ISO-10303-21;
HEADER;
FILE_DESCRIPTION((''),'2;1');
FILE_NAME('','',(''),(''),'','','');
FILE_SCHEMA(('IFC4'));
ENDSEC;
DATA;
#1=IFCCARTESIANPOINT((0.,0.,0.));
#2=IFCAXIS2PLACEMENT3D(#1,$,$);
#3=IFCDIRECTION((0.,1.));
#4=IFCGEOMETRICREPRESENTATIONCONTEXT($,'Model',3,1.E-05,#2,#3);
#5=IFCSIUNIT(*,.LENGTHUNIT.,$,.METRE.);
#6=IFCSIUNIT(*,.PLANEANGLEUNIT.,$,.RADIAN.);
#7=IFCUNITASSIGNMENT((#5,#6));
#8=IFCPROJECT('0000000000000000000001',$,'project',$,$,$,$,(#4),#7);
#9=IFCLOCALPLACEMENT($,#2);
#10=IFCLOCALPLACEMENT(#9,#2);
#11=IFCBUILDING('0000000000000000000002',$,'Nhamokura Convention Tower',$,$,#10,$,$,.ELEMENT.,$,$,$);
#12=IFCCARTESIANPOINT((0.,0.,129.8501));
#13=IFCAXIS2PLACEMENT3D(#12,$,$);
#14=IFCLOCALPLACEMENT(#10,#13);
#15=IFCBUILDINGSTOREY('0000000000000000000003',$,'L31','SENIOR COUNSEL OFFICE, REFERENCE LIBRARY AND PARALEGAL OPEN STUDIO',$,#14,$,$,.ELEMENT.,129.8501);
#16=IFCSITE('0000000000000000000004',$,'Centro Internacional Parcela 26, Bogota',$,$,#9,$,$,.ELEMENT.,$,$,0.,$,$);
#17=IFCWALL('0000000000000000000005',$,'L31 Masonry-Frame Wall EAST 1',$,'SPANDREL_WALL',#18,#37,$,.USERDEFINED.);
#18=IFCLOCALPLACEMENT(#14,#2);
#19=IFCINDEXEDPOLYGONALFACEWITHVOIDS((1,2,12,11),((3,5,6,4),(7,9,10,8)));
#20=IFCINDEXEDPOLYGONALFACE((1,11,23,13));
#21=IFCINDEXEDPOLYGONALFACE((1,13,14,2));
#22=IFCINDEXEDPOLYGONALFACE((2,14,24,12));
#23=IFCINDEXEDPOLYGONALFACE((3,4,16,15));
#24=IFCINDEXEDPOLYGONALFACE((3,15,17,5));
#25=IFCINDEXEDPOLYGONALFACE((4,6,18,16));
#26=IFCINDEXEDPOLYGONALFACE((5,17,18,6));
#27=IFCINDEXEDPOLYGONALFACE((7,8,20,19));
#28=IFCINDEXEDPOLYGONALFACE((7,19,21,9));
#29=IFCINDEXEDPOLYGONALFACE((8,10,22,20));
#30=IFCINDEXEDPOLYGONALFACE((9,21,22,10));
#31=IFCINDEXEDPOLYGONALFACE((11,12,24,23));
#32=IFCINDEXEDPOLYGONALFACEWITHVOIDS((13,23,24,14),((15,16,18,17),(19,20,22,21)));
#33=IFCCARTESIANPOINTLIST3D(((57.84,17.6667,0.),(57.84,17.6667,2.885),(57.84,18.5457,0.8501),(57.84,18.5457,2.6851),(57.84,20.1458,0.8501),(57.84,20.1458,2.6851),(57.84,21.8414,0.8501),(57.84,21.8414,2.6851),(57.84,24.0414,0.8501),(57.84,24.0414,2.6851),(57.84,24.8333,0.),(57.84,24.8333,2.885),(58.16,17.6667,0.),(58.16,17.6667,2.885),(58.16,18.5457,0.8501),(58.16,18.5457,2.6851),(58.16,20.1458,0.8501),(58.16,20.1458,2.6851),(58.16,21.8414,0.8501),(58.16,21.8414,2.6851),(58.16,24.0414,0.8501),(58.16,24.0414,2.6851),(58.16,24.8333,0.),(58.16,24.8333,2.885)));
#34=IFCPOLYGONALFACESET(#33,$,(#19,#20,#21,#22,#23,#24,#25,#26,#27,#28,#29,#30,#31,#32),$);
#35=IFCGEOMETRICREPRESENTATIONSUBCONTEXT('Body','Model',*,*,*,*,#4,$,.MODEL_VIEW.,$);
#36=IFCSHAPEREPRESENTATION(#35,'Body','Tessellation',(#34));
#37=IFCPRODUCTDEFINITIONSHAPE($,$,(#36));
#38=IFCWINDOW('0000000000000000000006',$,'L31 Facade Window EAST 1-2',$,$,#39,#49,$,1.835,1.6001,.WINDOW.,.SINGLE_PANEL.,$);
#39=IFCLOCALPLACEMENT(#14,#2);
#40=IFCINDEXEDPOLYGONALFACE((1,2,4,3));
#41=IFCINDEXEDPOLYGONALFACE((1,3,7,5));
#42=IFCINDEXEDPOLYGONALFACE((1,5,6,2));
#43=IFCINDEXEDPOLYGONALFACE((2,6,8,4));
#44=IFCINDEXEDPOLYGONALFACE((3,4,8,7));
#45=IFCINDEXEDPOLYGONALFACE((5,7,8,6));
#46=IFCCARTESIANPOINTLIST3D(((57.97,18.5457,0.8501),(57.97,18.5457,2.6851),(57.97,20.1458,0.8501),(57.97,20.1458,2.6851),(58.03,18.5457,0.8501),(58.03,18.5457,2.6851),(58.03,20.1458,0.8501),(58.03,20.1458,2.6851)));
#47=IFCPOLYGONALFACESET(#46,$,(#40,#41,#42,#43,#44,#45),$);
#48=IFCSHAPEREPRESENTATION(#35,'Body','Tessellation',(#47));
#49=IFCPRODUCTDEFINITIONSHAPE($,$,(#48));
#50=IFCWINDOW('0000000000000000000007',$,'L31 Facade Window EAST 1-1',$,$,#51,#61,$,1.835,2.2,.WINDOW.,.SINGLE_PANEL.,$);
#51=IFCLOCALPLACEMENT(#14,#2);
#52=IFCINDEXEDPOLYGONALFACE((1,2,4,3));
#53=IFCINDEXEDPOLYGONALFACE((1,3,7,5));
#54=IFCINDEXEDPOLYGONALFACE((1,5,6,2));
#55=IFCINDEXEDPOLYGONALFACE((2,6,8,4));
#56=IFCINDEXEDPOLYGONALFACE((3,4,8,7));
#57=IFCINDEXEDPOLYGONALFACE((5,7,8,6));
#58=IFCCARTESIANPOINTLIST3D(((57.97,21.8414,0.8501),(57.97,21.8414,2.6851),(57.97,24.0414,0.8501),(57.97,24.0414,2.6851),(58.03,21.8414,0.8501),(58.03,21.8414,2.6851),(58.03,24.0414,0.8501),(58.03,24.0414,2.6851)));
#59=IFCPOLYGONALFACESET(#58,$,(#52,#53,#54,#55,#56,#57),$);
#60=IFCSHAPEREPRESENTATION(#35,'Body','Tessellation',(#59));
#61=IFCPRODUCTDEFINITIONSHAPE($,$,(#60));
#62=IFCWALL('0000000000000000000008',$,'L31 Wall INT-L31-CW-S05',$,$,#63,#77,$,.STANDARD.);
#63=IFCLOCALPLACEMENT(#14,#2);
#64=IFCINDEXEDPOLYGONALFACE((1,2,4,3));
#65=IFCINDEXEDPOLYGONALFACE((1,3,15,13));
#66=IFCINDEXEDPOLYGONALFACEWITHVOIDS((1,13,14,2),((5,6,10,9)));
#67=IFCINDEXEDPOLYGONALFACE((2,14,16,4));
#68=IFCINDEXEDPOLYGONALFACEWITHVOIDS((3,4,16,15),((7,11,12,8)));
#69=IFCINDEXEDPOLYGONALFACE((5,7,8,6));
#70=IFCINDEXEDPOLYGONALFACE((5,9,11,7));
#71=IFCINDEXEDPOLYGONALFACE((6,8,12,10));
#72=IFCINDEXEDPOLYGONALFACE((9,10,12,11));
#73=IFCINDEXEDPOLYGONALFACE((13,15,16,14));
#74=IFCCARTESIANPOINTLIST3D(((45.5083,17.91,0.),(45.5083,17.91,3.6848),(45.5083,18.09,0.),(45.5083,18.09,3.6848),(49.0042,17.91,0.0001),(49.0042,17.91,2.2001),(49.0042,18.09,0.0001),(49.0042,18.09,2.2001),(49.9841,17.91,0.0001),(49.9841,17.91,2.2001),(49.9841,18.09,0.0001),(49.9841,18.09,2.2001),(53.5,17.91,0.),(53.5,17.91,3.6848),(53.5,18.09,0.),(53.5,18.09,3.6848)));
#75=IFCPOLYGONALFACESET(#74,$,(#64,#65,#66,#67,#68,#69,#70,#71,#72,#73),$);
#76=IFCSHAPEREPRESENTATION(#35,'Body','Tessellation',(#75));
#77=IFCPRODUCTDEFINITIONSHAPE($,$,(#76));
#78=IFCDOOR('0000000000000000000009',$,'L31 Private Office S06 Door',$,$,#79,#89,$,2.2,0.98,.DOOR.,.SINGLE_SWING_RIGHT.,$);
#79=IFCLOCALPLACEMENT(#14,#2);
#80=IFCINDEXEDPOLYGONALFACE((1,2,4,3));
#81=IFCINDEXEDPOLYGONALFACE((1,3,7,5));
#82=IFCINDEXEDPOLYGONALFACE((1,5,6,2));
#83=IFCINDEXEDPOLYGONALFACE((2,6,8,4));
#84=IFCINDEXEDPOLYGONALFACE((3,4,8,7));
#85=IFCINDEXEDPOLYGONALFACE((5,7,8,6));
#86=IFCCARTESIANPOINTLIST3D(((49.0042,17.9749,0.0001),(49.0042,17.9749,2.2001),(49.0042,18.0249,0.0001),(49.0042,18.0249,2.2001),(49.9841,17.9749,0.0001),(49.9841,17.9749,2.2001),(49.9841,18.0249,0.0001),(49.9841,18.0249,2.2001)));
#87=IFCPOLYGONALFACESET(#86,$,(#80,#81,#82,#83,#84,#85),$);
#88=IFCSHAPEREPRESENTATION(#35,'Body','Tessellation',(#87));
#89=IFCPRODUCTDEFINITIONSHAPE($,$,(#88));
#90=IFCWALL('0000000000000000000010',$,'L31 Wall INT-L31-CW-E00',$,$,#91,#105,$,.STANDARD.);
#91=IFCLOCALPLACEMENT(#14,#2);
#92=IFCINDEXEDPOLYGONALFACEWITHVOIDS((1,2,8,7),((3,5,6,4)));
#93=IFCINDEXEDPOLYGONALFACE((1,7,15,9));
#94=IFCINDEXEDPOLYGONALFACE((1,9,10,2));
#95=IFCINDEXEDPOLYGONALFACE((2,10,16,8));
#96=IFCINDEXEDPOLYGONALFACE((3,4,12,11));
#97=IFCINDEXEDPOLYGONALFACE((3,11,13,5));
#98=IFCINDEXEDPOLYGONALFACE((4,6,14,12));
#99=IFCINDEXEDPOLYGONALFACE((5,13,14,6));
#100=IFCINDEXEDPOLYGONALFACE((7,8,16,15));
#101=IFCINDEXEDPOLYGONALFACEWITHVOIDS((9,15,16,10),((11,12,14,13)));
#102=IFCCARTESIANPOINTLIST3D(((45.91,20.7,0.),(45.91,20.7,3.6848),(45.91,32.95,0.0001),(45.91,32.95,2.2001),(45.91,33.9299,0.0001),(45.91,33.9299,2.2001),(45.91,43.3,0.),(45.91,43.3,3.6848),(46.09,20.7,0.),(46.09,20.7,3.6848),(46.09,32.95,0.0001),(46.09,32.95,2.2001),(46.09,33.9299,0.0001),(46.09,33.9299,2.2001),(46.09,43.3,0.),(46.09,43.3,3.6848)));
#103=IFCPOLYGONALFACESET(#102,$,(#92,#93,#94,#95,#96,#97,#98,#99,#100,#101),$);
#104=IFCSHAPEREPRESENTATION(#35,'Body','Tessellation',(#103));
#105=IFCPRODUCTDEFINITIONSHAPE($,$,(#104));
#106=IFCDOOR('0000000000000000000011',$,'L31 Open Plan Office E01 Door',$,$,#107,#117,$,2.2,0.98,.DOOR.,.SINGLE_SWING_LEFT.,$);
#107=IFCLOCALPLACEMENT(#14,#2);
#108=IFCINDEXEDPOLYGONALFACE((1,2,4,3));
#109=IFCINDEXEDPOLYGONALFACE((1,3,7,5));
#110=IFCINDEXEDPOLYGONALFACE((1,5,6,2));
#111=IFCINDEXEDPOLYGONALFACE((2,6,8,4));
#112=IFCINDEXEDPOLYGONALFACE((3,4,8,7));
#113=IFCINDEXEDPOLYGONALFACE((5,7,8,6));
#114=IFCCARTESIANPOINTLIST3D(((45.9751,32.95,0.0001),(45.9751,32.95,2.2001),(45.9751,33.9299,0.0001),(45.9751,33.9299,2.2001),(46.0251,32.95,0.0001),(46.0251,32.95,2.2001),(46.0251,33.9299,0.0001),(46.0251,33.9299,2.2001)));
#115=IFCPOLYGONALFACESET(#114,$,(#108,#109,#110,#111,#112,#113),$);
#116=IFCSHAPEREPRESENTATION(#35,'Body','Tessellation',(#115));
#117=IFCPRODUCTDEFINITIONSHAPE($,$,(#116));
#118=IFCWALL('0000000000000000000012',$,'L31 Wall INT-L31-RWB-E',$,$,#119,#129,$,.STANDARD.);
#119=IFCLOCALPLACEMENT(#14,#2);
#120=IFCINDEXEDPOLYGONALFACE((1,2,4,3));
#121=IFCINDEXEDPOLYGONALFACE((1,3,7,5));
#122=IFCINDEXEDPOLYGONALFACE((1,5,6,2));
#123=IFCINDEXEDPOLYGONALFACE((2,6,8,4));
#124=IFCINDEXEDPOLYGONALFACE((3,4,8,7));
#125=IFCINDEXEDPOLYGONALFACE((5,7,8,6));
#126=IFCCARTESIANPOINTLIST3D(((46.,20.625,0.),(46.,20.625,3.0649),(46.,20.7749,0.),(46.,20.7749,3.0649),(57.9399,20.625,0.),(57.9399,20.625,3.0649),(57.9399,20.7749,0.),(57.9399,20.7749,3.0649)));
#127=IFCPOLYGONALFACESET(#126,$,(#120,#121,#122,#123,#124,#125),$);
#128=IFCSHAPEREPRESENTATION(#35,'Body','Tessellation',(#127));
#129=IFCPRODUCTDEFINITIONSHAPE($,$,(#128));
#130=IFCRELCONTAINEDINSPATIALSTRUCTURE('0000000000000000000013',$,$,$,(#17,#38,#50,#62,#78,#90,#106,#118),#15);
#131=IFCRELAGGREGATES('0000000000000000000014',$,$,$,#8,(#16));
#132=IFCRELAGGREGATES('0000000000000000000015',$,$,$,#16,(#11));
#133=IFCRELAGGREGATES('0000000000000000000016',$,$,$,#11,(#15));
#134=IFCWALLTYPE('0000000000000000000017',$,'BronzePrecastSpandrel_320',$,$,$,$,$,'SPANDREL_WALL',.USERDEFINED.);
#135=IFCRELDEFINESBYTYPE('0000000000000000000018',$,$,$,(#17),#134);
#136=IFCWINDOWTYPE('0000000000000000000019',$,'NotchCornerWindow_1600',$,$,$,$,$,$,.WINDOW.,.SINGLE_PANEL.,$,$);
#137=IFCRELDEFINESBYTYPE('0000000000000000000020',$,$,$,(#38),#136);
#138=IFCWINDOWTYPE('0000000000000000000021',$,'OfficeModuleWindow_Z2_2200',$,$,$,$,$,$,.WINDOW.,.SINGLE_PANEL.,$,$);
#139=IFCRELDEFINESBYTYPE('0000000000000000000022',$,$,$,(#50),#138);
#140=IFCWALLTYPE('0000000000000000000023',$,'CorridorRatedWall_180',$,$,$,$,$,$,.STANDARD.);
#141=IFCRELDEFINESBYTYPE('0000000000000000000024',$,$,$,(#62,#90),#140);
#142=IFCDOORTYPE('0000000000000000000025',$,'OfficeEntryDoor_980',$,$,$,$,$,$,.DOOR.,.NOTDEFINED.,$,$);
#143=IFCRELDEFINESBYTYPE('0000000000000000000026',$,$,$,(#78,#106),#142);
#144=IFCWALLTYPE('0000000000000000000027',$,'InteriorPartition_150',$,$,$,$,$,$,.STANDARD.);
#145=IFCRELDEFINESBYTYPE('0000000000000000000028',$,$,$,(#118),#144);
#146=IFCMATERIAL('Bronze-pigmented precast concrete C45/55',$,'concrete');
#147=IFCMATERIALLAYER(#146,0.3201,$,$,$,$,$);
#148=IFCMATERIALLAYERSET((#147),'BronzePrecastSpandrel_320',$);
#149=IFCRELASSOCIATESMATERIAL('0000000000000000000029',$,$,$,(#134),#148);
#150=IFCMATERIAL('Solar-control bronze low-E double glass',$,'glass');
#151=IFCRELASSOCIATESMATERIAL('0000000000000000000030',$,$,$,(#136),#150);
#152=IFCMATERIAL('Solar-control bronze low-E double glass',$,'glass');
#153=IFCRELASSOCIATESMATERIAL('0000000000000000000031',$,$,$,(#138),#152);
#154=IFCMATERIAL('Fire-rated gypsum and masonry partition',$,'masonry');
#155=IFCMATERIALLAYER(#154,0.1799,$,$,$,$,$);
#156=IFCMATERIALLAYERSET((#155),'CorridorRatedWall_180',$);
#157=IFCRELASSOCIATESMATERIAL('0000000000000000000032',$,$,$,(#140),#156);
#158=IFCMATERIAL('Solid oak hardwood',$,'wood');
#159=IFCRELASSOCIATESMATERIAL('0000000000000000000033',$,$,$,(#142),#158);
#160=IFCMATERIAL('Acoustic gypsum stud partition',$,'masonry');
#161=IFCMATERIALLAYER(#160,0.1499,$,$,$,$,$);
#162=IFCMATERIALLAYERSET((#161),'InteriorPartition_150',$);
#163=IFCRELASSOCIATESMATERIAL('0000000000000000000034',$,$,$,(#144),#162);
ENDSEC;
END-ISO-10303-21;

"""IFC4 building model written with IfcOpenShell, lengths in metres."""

from ifc_helpers import new_model, si_unit, direction, frame, frame_2d, origin, place, context, subcontext, project, spatial, rectangle, extrude, material, layer, layer_set, type_object, element, fill, save


model = new_model("IFC4")

# Units and contexts
model_context = context("Model", 3, precision=1e-05, world=origin(), true_north=direction((0.0, 1.0)))
body_context = subcontext(model_context, "Body", "Model", "MODEL_VIEW")
ifc_project = project(units=[si_unit("LENGTHUNIT", "METRE"), si_unit("PLANEANGLEUNIT", "RADIAN")], contexts=[model_context])

# Site, building, storey
site_placement = place(None, origin())
site = spatial("IfcSite", under=ifc_project, at=site_placement, Name="Centro Internacional Parcela 26, Bogota", CompositionType="ELEMENT", RefElevation=0.0)
building_placement = place(site_placement, origin())
building = spatial("IfcBuilding", under=site, at=building_placement, Name="Nhamokura Convention Tower", CompositionType="ELEMENT")
storey_placement = place(building_placement, frame((0.0, 0.0, 129.8501)))
storey = spatial("IfcBuildingStorey", under=building, at=storey_placement, Name="L31", Description="SENIOR COUNSEL OFFICE, REFERENCE LIBRARY AND PARALEGAL OPEN STUDIO", CompositionType="ELEMENT", Elevation=129.8501)

# Shared definitions
ifc_material_1 = material(Name="Bronze-pigmented precast concrete C45/55", Category="concrete")
ifc_layer_1 = layer(ifc_material_1, 0.3201)
ifc_layer_set_1 = layer_set([ifc_layer_1], Name="BronzePrecastSpandrel_320")
wall_type_1 = type_object("IfcWallType", Name="BronzePrecastSpandrel_320", ElementType="SPANDREL_WALL", PredefinedType="USERDEFINED", material=ifc_layer_set_1)

# Wall, openings, windows
wall_1_placement = place(storey_placement, frame((58.0, 24.8333, 0.0), z_axis=(0.0, 0.0, 1.0), x_axis=(0.0, -1.0, 0.0)))
wall_1 = element("IfcWall", 1, at=wall_1_placement, inside=storey, type_object=wall_type_1, Name="L31 Masonry-Frame Wall EAST 1", ObjectType="SPANDREL_WALL", PredefinedType="USERDEFINED", context=body_context, shape_type="SweptSolid", body=[
    extrude(rectangle(XDim=7.1665, YDim=0.3201, at=frame_2d((3.5833, 0.0))), origin(), (0.0, 0.0, 1.0), 2.885),
])
opening_1_placement = place(wall_1_placement, frame((0.7917, 0.0, 0.8501)))
opening_1 = element("IfcOpeningElement", 2, at=opening_1_placement, cuts=wall_1, PredefinedType="OPENING", context=body_context, shape_type="SweptSolid", body=[
    extrude(rectangle(XDim=2.2, YDim=1.835, at=frame_2d((1.1001, 0.9175))), frame((0.0, 0.1699, 0.0), z_axis=(0.0, -1.0, 0.0), x_axis=(1.0, 0.0, 0.0)), (0.0, 0.0, 1.0), 0.3401),
])
opening_2_placement = place(wall_1_placement, frame((4.6875, 0.0, 0.8501)))
opening_2 = element("IfcOpeningElement", 3, at=opening_2_placement, cuts=wall_1, PredefinedType="OPENING", context=body_context, shape_type="SweptSolid", body=[
    extrude(rectangle(XDim=1.6001, YDim=1.835, at=frame_2d((0.8, 0.9175))), frame((0.0, 0.1699, 0.0), z_axis=(0.0, -1.0, 0.0), x_axis=(1.0, 0.0, 0.0)), (0.0, 0.0, 1.0), 0.3401),
])
ifc_material_2 = material(Name="Solar-control bronze low-E double glass", Category="glass")
window_type_1 = type_object("IfcWindowType", Name="NotchCornerWindow_1600", PartitioningType="SINGLE_PANEL", PredefinedType="WINDOW", material=ifc_material_2)
window_1_placement = place(opening_2_placement, origin())
window_1 = element("IfcWindow", 4, at=window_1_placement, inside=storey, type_object=window_type_1, Name="L31 Facade Window EAST 1-2", OverallHeight=1.835, OverallWidth=1.6001, PartitioningType="SINGLE_PANEL", PredefinedType="WINDOW", context=body_context, shape_type="SweptSolid", body=[
    extrude(rectangle(XDim=1.6001, YDim=1.835, at=frame_2d((0.8, 0.9175))), frame((0.0, 0.03, 0.0), z_axis=(0.0, -1.0, 0.0), x_axis=(1.0, 0.0, 0.0)), (0.0, 0.0, 1.0), 0.0601),
])
fill(opening_2, window_1)
ifc_material_3 = material(Name="Solar-control bronze low-E double glass", Category="glass")
window_type_2 = type_object("IfcWindowType", Name="OfficeModuleWindow_Z2_2200", PartitioningType="SINGLE_PANEL", PredefinedType="WINDOW", material=ifc_material_3)
window_2_placement = place(opening_1_placement, origin())
window_2 = element("IfcWindow", 5, at=window_2_placement, inside=storey, type_object=window_type_2, Name="L31 Facade Window EAST 1-1", OverallHeight=1.835, OverallWidth=2.2, PartitioningType="SINGLE_PANEL", PredefinedType="WINDOW", context=body_context, shape_type="SweptSolid", body=[
    extrude(rectangle(XDim=2.2, YDim=1.835, at=frame_2d((1.1001, 0.9175))), frame((0.0, 0.03, 0.0), z_axis=(0.0, -1.0, 0.0), x_axis=(1.0, 0.0, 0.0)), (0.0, 0.0, 1.0), 0.0601),
])
fill(opening_1, window_2)

# Walls, openings, doors
ifc_material_4 = material(Name="Fire-rated gypsum and masonry partition", Category="masonry")
ifc_layer_2 = layer(ifc_material_4, 0.1799)
ifc_layer_set_2 = layer_set([ifc_layer_2], Name="CorridorRatedWall_180")
wall_type_2 = type_object("IfcWallType", Name="CorridorRatedWall_180", PredefinedType="STANDARD", material=ifc_layer_set_2)
wall_2_placement = place(storey_placement, frame((45.5083, 18.0, 0.0), z_axis=(0.0, 0.0, 1.0), x_axis=(1.0, 0.0, 0.0)))
wall_2 = element("IfcWall", 6, at=wall_2_placement, inside=storey, type_object=wall_type_2, Name="L31 Wall INT-L31-CW-S05", PredefinedType="STANDARD", context=body_context, shape_type="SweptSolid", body=[
    extrude(rectangle(XDim=7.9917, YDim=0.1799, at=frame_2d((3.9958, 0.0))), origin(), (0.0, 0.0, 1.0), 3.6848),
])
opening_3_placement = place(wall_2_placement, frame((3.4958, 0.0, 0.0)))
opening_3 = element("IfcOpeningElement", 7, at=opening_3_placement, cuts=wall_2, PredefinedType="OPENING", context=body_context, shape_type="SweptSolid", body=[
    extrude(rectangle(XDim=0.98, YDim=2.2, at=frame_2d((0.49, 1.1001))), frame((0.0, 0.0999, 0.0), z_axis=(0.0, -1.0, 0.0), x_axis=(1.0, 0.0, 0.0)), (0.0, 0.0, 1.0), 0.2),
])
ifc_material_5 = material(Name="Solid oak hardwood", Category="wood")
door_type_1 = type_object("IfcDoorType", Name="OfficeEntryDoor_980", OperationType="NOTDEFINED", PredefinedType="DOOR", material=ifc_material_5)
door_1_placement = place(opening_3_placement, origin())
door_1 = element("IfcDoor", 8, at=door_1_placement, inside=storey, type_object=door_type_1, Name="L31 Private Office S06 Door", OperationType="SINGLE_SWING_RIGHT", OverallHeight=2.2, OverallWidth=0.98, PredefinedType="DOOR", context=body_context, shape_type="SweptSolid", body=[
    extrude(rectangle(XDim=0.98, YDim=2.2, at=frame_2d((0.49, 1.1001))), frame((0.0, 0.0249, 0.0), z_axis=(0.0, -1.0, 0.0), x_axis=(1.0, 0.0, 0.0)), (0.0, 0.0, 1.0), 0.05),
])
fill(opening_3, door_1)
wall_3_placement = place(storey_placement, frame((46.0, 20.7, 0.0), z_axis=(0.0, 0.0, 1.0), x_axis=(0.0, 1.0, 0.0)))
wall_3 = element("IfcWall", 9, at=wall_3_placement, inside=storey, type_object=wall_type_2, Name="L31 Wall INT-L31-CW-E00", PredefinedType="STANDARD", context=body_context, shape_type="SweptSolid", body=[
    extrude(rectangle(XDim=22.6001, YDim=0.1799, at=frame_2d((11.3, 0.0))), origin(), (0.0, 0.0, 1.0), 3.6848),
])
opening_4_placement = place(wall_3_placement, frame((12.25, 0.0, 0.0)))
opening_4 = element("IfcOpeningElement", 10, at=opening_4_placement, cuts=wall_3, PredefinedType="OPENING", context=body_context, shape_type="SweptSolid", body=[
    extrude(rectangle(XDim=0.98, YDim=2.2, at=frame_2d((0.49, 1.1001))), frame((0.0, 0.0999, 0.0), z_axis=(0.0, -1.0, 0.0), x_axis=(1.0, 0.0, 0.0)), (0.0, 0.0, 1.0), 0.2),
])
door_2_placement = place(opening_4_placement, origin())
door_2 = element("IfcDoor", 11, at=door_2_placement, inside=storey, type_object=door_type_1, Name="L31 Open Plan Office E01 Door", OperationType="SINGLE_SWING_LEFT", OverallHeight=2.2, OverallWidth=0.98, PredefinedType="DOOR", context=body_context, shape_type="SweptSolid", body=[
    extrude(rectangle(XDim=0.98, YDim=2.2, at=frame_2d((0.49, 1.1001))), frame((0.0, 0.0249, 0.0), z_axis=(0.0, -1.0, 0.0), x_axis=(1.0, 0.0, 0.0)), (0.0, 0.0, 1.0), 0.05),
])
fill(opening_4, door_2)

# Wall
ifc_material_6 = material(Name="Acoustic gypsum stud partition", Category="masonry")
ifc_layer_3 = layer(ifc_material_6, 0.1499)
ifc_layer_set_3 = layer_set([ifc_layer_3], Name="InteriorPartition_150")
wall_type_3 = type_object("IfcWallType", Name="InteriorPartition_150", PredefinedType="STANDARD", material=ifc_layer_set_3)
wall_4_placement = place(storey_placement, frame((46.0, 20.7, 0.0), z_axis=(0.0, 0.0, 1.0), x_axis=(1.0, 0.0, 0.0)))
element("IfcWall", 12, at=wall_4_placement, inside=storey, type_object=wall_type_3, Name="L31 Wall INT-L31-RWB-E", PredefinedType="STANDARD", context=body_context, shape_type="SweptSolid", body=[
    extrude(rectangle(XDim=11.9399, YDim=0.1499, at=frame_2d((5.97, 0.0))), origin(), (0.0, 0.0, 1.0), 3.0649),
])

save(model, "model.ifc")
